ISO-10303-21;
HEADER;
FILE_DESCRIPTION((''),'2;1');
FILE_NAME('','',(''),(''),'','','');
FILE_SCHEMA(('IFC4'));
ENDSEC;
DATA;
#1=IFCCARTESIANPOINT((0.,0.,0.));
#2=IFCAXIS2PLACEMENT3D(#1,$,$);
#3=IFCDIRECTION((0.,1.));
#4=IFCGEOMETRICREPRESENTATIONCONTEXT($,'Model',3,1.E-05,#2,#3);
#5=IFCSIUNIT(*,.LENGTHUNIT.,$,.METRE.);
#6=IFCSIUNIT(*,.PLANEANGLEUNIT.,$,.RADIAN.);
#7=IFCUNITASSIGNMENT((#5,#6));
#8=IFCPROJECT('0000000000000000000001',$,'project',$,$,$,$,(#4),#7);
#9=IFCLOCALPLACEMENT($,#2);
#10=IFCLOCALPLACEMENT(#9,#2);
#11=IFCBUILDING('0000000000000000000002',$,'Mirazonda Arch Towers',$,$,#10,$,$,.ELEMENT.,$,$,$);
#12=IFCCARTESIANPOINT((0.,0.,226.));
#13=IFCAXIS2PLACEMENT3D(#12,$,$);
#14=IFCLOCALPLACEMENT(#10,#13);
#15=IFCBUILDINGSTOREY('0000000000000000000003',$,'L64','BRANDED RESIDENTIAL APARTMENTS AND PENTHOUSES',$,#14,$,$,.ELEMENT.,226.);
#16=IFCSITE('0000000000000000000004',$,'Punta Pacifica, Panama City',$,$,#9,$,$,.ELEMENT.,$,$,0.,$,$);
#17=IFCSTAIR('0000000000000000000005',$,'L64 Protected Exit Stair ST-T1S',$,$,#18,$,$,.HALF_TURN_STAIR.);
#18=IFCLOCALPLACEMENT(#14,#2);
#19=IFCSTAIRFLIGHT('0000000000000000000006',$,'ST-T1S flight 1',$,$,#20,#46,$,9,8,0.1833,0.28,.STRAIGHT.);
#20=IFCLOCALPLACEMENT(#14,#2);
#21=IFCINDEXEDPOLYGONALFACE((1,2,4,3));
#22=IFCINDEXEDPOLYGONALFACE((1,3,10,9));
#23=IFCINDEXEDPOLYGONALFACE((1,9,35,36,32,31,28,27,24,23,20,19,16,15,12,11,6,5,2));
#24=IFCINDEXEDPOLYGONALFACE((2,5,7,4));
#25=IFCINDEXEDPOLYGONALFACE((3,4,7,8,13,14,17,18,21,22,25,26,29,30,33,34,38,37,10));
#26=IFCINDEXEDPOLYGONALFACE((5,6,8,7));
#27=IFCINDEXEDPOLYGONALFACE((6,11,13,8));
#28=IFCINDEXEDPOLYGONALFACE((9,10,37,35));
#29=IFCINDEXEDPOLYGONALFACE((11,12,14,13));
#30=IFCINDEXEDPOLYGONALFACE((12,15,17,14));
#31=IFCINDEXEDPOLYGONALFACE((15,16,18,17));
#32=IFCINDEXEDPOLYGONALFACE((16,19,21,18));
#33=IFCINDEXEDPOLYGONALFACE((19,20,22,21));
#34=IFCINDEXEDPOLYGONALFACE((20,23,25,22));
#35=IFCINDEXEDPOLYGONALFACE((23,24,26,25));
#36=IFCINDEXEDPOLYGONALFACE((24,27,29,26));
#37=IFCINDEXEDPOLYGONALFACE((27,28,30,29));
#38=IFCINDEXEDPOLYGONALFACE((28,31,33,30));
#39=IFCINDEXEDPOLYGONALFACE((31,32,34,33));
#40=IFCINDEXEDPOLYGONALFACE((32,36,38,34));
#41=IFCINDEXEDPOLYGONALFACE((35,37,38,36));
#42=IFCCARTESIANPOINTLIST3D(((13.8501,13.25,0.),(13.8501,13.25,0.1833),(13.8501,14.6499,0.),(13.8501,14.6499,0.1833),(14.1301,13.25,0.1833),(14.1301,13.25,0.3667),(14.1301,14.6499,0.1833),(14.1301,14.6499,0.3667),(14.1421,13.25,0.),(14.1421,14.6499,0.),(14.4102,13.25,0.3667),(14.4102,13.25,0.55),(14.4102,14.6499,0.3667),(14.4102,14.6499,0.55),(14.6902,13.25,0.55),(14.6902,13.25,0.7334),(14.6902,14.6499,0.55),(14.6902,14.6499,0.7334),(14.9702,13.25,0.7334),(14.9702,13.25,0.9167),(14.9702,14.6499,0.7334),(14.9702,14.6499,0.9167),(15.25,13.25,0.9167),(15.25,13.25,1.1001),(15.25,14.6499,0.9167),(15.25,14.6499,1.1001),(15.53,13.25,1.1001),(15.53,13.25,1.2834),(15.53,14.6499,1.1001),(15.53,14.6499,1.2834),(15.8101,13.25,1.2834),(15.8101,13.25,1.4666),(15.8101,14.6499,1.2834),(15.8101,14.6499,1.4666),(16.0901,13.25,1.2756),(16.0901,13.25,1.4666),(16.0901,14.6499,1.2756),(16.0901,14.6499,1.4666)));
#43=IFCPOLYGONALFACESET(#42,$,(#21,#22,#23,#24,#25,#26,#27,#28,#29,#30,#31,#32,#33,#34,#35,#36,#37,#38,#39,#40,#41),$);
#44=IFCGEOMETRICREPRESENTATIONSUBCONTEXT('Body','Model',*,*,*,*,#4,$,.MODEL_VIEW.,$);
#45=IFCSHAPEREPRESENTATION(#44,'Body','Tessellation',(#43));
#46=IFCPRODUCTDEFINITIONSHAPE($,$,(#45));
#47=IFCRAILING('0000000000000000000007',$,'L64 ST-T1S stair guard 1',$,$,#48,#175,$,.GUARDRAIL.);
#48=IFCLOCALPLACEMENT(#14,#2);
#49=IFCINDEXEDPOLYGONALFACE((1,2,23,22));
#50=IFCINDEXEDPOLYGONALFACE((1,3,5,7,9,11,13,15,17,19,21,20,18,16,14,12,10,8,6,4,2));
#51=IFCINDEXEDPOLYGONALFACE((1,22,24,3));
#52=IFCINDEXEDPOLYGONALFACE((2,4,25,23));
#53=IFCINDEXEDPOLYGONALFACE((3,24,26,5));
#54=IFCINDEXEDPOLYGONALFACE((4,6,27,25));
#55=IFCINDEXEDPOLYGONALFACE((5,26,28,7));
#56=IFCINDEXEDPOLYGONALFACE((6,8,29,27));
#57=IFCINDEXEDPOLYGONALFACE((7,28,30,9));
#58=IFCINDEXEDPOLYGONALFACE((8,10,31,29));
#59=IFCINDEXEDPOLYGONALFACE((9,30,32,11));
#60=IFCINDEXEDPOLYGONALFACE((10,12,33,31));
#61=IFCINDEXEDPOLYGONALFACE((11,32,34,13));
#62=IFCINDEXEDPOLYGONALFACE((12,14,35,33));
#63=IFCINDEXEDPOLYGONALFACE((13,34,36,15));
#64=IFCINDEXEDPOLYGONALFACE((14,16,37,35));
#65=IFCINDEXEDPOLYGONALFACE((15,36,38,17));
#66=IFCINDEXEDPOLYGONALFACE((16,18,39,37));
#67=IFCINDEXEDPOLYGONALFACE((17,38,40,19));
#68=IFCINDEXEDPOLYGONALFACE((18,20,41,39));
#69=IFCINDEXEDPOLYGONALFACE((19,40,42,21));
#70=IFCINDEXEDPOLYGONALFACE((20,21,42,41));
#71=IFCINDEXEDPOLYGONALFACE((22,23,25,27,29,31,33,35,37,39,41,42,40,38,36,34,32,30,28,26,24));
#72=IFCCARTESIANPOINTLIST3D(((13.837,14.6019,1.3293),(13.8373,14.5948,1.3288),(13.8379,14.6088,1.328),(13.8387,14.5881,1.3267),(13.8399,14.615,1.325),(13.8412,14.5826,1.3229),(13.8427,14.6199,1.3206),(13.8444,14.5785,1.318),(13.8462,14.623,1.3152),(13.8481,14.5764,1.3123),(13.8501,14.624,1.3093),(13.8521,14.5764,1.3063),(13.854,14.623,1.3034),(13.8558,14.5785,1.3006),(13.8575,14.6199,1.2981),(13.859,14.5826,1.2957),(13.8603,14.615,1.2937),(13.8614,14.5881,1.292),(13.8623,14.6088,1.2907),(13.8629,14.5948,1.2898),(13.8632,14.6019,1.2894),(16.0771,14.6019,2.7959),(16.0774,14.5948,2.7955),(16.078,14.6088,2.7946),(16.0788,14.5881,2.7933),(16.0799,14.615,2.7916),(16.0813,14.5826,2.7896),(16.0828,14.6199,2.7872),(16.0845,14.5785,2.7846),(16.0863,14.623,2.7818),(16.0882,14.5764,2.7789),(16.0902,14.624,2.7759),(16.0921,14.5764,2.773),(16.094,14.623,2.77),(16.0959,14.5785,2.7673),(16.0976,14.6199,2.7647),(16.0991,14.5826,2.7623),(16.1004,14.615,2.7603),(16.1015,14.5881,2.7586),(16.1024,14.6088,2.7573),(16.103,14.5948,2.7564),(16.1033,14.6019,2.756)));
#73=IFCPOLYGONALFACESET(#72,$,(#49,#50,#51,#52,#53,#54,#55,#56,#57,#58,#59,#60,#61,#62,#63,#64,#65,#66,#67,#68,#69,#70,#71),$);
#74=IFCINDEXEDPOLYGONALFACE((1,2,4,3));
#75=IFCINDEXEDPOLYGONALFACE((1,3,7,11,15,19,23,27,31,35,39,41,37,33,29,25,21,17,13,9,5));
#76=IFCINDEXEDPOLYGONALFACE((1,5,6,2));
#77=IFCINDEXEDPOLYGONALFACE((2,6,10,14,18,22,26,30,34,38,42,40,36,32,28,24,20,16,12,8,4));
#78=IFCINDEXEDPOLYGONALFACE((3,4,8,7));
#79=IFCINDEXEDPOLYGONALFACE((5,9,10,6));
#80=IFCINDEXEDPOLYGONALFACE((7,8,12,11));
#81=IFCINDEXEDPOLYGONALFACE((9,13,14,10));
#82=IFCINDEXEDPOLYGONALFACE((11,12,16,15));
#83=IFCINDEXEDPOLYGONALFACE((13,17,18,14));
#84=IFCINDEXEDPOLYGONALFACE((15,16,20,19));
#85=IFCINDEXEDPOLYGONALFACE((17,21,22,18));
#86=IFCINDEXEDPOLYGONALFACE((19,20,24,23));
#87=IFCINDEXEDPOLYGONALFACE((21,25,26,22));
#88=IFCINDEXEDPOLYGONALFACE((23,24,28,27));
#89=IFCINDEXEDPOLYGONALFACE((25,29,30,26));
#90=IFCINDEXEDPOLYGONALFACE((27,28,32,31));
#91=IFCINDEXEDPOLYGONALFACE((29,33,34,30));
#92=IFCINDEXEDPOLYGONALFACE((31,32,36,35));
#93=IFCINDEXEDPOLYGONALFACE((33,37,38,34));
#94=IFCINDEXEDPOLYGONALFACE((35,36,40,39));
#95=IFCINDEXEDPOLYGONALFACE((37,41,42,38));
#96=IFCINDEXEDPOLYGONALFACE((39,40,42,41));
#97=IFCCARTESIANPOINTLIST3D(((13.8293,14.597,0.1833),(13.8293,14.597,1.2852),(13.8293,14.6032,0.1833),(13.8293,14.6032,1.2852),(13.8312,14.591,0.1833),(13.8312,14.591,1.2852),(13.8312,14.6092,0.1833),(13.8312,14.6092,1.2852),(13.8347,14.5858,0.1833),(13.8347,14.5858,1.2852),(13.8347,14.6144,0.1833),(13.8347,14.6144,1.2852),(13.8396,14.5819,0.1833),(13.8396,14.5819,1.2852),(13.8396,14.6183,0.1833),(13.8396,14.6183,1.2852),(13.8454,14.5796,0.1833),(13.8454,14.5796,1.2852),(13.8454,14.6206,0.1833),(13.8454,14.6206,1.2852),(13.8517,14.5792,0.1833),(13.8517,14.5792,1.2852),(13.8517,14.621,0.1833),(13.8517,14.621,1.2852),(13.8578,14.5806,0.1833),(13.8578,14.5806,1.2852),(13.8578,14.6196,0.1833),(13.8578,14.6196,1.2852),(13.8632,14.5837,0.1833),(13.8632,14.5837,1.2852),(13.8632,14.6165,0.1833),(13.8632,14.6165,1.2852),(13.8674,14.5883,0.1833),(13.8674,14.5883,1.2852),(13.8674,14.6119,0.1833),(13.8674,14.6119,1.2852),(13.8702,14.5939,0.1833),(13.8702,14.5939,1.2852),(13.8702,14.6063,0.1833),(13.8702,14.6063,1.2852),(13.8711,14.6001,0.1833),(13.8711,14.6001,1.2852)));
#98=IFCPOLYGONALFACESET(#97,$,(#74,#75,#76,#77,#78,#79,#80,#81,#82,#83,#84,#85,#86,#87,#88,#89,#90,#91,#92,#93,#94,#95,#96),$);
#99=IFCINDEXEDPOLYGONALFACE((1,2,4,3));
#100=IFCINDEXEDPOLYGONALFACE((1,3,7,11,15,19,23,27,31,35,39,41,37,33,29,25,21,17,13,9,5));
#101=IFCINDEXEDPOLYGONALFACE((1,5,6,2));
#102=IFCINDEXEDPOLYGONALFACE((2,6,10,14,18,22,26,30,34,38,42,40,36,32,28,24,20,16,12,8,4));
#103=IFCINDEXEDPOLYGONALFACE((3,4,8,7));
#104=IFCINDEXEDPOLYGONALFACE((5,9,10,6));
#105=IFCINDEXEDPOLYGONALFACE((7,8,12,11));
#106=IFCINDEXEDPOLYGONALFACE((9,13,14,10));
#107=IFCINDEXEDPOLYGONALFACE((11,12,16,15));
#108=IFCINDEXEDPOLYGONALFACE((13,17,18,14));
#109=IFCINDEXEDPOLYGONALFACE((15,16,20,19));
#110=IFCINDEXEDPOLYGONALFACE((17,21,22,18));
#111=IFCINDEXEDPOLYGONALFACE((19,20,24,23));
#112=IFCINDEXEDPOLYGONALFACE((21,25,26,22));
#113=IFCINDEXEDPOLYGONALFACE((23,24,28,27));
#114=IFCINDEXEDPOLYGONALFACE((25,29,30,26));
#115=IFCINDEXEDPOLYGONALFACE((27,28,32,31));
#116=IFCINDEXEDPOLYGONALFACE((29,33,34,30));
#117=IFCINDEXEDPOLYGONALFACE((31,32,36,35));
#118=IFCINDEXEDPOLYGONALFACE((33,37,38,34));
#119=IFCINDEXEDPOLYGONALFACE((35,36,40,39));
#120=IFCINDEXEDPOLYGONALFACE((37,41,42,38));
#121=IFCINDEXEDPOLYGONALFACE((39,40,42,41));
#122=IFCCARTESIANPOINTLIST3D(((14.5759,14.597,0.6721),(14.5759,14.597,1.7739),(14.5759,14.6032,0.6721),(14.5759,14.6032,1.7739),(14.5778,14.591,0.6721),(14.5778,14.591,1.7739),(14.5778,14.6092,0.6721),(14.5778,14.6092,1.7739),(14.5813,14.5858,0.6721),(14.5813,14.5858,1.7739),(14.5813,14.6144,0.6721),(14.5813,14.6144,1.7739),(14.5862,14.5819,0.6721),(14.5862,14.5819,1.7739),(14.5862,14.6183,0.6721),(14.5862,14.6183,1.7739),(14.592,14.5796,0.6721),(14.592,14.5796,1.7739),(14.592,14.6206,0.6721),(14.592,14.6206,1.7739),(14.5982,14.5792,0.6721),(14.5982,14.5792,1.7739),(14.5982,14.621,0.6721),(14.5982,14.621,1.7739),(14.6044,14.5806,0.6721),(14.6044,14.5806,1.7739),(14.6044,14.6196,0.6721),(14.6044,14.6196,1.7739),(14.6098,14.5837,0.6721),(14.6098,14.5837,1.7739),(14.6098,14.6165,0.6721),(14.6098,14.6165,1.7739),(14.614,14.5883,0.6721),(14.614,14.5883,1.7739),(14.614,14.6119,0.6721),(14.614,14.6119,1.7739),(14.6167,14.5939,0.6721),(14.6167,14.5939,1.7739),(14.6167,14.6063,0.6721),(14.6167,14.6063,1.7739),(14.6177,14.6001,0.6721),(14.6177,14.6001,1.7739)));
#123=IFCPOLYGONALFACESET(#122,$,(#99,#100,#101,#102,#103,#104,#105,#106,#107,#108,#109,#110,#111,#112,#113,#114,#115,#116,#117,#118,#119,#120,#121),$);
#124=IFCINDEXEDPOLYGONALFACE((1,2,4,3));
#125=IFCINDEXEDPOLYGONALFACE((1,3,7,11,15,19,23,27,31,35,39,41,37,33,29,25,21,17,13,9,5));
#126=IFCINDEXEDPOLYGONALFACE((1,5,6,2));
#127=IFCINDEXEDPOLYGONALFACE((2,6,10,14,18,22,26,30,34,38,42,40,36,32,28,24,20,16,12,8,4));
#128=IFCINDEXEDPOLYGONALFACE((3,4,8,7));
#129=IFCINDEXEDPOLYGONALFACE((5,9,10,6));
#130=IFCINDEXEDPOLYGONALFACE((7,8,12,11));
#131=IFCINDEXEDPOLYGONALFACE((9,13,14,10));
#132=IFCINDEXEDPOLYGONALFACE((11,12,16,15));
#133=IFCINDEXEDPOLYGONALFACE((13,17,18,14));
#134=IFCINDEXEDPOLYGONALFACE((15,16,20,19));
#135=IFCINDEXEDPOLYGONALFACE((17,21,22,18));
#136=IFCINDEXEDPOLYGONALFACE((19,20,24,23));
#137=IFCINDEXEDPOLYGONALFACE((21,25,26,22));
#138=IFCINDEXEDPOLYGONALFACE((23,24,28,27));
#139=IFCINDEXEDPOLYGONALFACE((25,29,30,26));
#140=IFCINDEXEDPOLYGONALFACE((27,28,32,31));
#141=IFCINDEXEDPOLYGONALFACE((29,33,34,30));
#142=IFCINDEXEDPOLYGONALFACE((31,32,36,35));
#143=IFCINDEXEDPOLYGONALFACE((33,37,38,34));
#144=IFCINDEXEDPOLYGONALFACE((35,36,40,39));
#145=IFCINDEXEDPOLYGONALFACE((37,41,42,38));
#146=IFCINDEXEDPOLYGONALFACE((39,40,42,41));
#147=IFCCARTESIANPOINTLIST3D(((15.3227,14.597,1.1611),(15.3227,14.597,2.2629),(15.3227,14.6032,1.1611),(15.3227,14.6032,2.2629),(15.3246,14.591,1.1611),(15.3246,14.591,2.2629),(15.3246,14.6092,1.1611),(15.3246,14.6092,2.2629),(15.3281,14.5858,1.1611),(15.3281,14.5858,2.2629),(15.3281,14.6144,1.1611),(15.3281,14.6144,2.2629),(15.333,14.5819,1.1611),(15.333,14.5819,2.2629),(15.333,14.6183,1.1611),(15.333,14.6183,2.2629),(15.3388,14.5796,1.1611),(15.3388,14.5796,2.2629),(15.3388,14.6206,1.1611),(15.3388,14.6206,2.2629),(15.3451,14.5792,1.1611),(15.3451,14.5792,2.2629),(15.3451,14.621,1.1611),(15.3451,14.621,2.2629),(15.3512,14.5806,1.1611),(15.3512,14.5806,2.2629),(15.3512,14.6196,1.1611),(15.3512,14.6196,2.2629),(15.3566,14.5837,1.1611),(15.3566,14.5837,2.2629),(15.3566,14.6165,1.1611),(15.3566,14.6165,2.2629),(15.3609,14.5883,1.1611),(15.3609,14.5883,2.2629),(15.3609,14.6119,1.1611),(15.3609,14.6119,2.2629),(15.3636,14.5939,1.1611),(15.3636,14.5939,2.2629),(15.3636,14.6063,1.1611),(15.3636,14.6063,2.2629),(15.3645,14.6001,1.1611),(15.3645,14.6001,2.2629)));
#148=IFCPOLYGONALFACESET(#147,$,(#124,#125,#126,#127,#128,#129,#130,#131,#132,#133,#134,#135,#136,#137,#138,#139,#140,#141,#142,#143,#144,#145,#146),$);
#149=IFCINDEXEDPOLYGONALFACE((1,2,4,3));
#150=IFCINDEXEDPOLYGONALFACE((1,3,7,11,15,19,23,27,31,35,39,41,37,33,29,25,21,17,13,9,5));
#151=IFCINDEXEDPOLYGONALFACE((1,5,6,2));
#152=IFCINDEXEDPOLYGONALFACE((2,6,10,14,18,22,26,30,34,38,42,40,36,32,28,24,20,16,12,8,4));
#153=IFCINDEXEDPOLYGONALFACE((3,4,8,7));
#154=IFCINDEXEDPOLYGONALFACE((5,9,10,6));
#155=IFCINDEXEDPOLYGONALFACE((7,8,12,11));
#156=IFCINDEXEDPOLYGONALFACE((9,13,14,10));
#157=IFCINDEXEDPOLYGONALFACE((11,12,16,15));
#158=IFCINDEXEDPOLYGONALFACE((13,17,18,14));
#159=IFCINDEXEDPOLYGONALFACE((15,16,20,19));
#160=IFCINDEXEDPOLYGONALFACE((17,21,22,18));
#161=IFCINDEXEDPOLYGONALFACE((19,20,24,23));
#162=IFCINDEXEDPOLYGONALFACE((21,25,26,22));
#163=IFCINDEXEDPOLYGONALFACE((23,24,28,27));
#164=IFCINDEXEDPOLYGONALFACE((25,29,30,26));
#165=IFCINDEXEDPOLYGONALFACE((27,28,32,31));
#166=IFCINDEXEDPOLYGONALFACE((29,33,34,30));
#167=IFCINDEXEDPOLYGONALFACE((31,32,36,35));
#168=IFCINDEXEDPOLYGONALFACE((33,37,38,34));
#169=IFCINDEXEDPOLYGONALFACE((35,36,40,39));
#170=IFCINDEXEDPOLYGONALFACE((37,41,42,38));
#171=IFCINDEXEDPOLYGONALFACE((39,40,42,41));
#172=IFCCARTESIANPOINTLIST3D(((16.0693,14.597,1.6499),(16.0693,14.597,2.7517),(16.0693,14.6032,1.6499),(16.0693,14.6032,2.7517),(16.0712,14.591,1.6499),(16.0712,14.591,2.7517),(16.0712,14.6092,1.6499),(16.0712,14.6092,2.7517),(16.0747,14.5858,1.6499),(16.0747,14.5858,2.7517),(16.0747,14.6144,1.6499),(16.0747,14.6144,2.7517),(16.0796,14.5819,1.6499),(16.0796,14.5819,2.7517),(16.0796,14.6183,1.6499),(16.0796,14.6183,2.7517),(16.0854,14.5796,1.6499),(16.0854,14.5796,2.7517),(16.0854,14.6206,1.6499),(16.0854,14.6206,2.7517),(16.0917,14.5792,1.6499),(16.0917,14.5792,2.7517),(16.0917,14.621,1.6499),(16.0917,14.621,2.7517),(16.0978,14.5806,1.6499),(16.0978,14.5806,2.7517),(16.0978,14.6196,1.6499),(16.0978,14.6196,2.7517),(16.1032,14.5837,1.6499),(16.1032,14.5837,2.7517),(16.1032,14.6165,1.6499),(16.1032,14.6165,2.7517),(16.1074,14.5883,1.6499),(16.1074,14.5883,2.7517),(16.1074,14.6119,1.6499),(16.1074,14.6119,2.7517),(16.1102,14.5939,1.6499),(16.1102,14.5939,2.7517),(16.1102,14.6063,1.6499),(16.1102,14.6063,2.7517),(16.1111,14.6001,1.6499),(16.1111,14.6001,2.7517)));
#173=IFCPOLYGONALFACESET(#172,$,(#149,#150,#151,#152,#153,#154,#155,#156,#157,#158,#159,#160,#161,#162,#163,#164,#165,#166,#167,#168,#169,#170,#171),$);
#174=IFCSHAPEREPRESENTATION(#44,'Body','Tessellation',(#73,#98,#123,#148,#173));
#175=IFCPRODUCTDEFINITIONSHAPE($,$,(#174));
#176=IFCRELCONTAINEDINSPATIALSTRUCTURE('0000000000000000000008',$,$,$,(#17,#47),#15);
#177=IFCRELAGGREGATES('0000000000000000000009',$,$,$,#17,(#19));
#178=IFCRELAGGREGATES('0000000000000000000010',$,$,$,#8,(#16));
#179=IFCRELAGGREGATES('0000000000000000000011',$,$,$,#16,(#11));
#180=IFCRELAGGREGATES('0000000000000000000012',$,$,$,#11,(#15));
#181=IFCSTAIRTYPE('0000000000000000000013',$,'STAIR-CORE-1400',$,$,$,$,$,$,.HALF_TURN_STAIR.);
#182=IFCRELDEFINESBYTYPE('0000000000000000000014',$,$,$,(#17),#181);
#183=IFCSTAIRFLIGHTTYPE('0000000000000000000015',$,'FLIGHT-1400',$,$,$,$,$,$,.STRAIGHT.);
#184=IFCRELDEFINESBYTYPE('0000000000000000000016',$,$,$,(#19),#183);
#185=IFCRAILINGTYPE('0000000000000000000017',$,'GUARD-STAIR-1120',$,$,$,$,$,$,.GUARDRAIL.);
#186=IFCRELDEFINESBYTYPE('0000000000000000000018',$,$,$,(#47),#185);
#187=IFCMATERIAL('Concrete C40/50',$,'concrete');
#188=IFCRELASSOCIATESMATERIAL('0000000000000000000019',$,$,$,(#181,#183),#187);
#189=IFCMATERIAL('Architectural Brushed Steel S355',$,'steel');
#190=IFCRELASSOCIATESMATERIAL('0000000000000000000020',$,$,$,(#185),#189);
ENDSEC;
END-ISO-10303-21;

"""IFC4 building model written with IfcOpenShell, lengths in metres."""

from ifc_helpers import new_model, si_unit, direction, frame, origin, origin_2d, place, context, subcontext, project, spatial, polyline, circle, outline, extrude, material, type_object, element, aggregate, save


model = new_model("IFC4")

# Units and contexts
model_context = context("Model", 3, precision=1e-05, world=origin(), true_north=direction((0.0, 1.0)))
body_context = subcontext(model_context, "Body", "Model", "MODEL_VIEW")
ifc_project = project(units=[si_unit("LENGTHUNIT", "METRE"), si_unit("PLANEANGLEUNIT", "RADIAN")], contexts=[model_context])

# Site, building, storey
site_placement = place(None, origin())
site = spatial("IfcSite", under=ifc_project, at=site_placement, Name="Punta Pacifica, Panama City", CompositionType="ELEMENT", RefElevation=0.0)
building_placement = place(site_placement, origin())
building = spatial("IfcBuilding", under=site, at=building_placement, Name="Mirazonda Arch Towers", CompositionType="ELEMENT")
storey_placement = place(building_placement, frame((0.0, 0.0, 226.0)))
storey = spatial("IfcBuildingStorey", under=building, at=storey_placement, Name="L64", Description="BRANDED RESIDENTIAL APARTMENTS AND PENTHOUSES", CompositionType="ELEMENT", Elevation=226.0)

# Shared definitions
ifc_material_1 = material(Name="Concrete C40/50", Category="concrete")

# Stair, stair flight
stair_type = type_object("IfcStairType", Name="STAIR-CORE-1400", PredefinedType="HALF_TURN_STAIR", material=ifc_material_1)
stair_placement = place(storey_placement, origin())
stair = element("IfcStair", 1, at=stair_placement, inside=storey, type_object=stair_type, Name="L64 Protected Exit Stair ST-T1S", PredefinedType="HALF_TURN_STAIR")
stair_flight_type = type_object("IfcStairFlightType", Name="FLIGHT-1400", PredefinedType="STRAIGHT", material=ifc_material_1)
stair_flight_placement = place(storey_placement, frame((13.8501, 13.95, 0.0), z_axis=(0.0, 0.0, 1.0), x_axis=(1.0, 0.0, 0.0)))
stair_flight = element("IfcStairFlight", 2, at=stair_flight_placement, type_object=stair_flight_type, Name="ST-T1S flight 1", NumberOfRisers=9, NumberOfTreads=8, PredefinedType="STRAIGHT", RiserHeight=0.1833, TreadLength=0.28, context=body_context, shape_type="SweptSolid", body=[
    extrude(outline(polyline([(0.0, 0.0), (0.0, 0.1833), (0.28, 0.1833), (0.28, 0.3667), (0.5601, 0.3667), (0.5601, 0.55), (0.8401, 0.55), (0.8401, 0.7334), (1.1201, 0.7334), (1.1201, 0.9167), (1.3999, 0.9167), (1.3999, 1.1001), (1.6799, 1.1001), (1.6799, 1.2834), (1.96, 1.2834), (1.96, 1.4666), (2.24, 1.4666), (2.24, 1.6499), (2.24, 1.2756), (0.292, 0.0), (0.0, 0.0)])), frame((0.0, 0.7, 0.0), z_axis=(0.0, -1.0, 0.0), x_axis=(1.0, 0.0, 0.0)), (0.0, 0.0, 1.0), 1.3999),
])
aggregate(stair, [stair_flight])

# Railing
ifc_material_2 = material(Name="Architectural Brushed Steel S355", Category="steel")
railing_type_1 = type_object("IfcRailingType", Name="GUARD-STAIR-1120", PredefinedType="GUARDRAIL", material=ifc_material_2)
railing_1_placement = place(storey_placement, frame((13.8501, 14.6001, 0.1833)))
element("IfcRailing", 3, at=railing_1_placement, inside=storey, type_object=railing_type_1, Name="L64 ST-T1S stair guard 1", PredefinedType="GUARDRAIL", context=body_context, shape_type="SweptSolid", body=[
    extrude(circle(Radius=0.0239, at=origin_2d()), frame((0.0, 0.0, 1.126), z_axis=(0.836637, 0.0, 0.547758), x_axis=(0.0, 1.0, 0.0)), (0.0, 0.0, 1.0), 2.6775),
    extrude(circle(Radius=0.021, at=origin_2d()), origin(), (0.0, 0.0, 1.0), 1.1018),
    extrude(circle(Radius=0.021, at=origin_2d()), frame((0.7466, 0.0, 0.4888)), (0.0, 0.0, 1.0), 1.1018),
    extrude(circle(Radius=0.021, at=origin_2d()), frame((1.4934, 0.0, 0.9778)), (0.0, 0.0, 1.0), 1.1018),
    extrude(circle(Radius=0.021, at=origin_2d()), frame((2.24, 0.0, 1.4666)), (0.0, 0.0, 1.0), 1.1018),
])

save(model, "model.ifc")
